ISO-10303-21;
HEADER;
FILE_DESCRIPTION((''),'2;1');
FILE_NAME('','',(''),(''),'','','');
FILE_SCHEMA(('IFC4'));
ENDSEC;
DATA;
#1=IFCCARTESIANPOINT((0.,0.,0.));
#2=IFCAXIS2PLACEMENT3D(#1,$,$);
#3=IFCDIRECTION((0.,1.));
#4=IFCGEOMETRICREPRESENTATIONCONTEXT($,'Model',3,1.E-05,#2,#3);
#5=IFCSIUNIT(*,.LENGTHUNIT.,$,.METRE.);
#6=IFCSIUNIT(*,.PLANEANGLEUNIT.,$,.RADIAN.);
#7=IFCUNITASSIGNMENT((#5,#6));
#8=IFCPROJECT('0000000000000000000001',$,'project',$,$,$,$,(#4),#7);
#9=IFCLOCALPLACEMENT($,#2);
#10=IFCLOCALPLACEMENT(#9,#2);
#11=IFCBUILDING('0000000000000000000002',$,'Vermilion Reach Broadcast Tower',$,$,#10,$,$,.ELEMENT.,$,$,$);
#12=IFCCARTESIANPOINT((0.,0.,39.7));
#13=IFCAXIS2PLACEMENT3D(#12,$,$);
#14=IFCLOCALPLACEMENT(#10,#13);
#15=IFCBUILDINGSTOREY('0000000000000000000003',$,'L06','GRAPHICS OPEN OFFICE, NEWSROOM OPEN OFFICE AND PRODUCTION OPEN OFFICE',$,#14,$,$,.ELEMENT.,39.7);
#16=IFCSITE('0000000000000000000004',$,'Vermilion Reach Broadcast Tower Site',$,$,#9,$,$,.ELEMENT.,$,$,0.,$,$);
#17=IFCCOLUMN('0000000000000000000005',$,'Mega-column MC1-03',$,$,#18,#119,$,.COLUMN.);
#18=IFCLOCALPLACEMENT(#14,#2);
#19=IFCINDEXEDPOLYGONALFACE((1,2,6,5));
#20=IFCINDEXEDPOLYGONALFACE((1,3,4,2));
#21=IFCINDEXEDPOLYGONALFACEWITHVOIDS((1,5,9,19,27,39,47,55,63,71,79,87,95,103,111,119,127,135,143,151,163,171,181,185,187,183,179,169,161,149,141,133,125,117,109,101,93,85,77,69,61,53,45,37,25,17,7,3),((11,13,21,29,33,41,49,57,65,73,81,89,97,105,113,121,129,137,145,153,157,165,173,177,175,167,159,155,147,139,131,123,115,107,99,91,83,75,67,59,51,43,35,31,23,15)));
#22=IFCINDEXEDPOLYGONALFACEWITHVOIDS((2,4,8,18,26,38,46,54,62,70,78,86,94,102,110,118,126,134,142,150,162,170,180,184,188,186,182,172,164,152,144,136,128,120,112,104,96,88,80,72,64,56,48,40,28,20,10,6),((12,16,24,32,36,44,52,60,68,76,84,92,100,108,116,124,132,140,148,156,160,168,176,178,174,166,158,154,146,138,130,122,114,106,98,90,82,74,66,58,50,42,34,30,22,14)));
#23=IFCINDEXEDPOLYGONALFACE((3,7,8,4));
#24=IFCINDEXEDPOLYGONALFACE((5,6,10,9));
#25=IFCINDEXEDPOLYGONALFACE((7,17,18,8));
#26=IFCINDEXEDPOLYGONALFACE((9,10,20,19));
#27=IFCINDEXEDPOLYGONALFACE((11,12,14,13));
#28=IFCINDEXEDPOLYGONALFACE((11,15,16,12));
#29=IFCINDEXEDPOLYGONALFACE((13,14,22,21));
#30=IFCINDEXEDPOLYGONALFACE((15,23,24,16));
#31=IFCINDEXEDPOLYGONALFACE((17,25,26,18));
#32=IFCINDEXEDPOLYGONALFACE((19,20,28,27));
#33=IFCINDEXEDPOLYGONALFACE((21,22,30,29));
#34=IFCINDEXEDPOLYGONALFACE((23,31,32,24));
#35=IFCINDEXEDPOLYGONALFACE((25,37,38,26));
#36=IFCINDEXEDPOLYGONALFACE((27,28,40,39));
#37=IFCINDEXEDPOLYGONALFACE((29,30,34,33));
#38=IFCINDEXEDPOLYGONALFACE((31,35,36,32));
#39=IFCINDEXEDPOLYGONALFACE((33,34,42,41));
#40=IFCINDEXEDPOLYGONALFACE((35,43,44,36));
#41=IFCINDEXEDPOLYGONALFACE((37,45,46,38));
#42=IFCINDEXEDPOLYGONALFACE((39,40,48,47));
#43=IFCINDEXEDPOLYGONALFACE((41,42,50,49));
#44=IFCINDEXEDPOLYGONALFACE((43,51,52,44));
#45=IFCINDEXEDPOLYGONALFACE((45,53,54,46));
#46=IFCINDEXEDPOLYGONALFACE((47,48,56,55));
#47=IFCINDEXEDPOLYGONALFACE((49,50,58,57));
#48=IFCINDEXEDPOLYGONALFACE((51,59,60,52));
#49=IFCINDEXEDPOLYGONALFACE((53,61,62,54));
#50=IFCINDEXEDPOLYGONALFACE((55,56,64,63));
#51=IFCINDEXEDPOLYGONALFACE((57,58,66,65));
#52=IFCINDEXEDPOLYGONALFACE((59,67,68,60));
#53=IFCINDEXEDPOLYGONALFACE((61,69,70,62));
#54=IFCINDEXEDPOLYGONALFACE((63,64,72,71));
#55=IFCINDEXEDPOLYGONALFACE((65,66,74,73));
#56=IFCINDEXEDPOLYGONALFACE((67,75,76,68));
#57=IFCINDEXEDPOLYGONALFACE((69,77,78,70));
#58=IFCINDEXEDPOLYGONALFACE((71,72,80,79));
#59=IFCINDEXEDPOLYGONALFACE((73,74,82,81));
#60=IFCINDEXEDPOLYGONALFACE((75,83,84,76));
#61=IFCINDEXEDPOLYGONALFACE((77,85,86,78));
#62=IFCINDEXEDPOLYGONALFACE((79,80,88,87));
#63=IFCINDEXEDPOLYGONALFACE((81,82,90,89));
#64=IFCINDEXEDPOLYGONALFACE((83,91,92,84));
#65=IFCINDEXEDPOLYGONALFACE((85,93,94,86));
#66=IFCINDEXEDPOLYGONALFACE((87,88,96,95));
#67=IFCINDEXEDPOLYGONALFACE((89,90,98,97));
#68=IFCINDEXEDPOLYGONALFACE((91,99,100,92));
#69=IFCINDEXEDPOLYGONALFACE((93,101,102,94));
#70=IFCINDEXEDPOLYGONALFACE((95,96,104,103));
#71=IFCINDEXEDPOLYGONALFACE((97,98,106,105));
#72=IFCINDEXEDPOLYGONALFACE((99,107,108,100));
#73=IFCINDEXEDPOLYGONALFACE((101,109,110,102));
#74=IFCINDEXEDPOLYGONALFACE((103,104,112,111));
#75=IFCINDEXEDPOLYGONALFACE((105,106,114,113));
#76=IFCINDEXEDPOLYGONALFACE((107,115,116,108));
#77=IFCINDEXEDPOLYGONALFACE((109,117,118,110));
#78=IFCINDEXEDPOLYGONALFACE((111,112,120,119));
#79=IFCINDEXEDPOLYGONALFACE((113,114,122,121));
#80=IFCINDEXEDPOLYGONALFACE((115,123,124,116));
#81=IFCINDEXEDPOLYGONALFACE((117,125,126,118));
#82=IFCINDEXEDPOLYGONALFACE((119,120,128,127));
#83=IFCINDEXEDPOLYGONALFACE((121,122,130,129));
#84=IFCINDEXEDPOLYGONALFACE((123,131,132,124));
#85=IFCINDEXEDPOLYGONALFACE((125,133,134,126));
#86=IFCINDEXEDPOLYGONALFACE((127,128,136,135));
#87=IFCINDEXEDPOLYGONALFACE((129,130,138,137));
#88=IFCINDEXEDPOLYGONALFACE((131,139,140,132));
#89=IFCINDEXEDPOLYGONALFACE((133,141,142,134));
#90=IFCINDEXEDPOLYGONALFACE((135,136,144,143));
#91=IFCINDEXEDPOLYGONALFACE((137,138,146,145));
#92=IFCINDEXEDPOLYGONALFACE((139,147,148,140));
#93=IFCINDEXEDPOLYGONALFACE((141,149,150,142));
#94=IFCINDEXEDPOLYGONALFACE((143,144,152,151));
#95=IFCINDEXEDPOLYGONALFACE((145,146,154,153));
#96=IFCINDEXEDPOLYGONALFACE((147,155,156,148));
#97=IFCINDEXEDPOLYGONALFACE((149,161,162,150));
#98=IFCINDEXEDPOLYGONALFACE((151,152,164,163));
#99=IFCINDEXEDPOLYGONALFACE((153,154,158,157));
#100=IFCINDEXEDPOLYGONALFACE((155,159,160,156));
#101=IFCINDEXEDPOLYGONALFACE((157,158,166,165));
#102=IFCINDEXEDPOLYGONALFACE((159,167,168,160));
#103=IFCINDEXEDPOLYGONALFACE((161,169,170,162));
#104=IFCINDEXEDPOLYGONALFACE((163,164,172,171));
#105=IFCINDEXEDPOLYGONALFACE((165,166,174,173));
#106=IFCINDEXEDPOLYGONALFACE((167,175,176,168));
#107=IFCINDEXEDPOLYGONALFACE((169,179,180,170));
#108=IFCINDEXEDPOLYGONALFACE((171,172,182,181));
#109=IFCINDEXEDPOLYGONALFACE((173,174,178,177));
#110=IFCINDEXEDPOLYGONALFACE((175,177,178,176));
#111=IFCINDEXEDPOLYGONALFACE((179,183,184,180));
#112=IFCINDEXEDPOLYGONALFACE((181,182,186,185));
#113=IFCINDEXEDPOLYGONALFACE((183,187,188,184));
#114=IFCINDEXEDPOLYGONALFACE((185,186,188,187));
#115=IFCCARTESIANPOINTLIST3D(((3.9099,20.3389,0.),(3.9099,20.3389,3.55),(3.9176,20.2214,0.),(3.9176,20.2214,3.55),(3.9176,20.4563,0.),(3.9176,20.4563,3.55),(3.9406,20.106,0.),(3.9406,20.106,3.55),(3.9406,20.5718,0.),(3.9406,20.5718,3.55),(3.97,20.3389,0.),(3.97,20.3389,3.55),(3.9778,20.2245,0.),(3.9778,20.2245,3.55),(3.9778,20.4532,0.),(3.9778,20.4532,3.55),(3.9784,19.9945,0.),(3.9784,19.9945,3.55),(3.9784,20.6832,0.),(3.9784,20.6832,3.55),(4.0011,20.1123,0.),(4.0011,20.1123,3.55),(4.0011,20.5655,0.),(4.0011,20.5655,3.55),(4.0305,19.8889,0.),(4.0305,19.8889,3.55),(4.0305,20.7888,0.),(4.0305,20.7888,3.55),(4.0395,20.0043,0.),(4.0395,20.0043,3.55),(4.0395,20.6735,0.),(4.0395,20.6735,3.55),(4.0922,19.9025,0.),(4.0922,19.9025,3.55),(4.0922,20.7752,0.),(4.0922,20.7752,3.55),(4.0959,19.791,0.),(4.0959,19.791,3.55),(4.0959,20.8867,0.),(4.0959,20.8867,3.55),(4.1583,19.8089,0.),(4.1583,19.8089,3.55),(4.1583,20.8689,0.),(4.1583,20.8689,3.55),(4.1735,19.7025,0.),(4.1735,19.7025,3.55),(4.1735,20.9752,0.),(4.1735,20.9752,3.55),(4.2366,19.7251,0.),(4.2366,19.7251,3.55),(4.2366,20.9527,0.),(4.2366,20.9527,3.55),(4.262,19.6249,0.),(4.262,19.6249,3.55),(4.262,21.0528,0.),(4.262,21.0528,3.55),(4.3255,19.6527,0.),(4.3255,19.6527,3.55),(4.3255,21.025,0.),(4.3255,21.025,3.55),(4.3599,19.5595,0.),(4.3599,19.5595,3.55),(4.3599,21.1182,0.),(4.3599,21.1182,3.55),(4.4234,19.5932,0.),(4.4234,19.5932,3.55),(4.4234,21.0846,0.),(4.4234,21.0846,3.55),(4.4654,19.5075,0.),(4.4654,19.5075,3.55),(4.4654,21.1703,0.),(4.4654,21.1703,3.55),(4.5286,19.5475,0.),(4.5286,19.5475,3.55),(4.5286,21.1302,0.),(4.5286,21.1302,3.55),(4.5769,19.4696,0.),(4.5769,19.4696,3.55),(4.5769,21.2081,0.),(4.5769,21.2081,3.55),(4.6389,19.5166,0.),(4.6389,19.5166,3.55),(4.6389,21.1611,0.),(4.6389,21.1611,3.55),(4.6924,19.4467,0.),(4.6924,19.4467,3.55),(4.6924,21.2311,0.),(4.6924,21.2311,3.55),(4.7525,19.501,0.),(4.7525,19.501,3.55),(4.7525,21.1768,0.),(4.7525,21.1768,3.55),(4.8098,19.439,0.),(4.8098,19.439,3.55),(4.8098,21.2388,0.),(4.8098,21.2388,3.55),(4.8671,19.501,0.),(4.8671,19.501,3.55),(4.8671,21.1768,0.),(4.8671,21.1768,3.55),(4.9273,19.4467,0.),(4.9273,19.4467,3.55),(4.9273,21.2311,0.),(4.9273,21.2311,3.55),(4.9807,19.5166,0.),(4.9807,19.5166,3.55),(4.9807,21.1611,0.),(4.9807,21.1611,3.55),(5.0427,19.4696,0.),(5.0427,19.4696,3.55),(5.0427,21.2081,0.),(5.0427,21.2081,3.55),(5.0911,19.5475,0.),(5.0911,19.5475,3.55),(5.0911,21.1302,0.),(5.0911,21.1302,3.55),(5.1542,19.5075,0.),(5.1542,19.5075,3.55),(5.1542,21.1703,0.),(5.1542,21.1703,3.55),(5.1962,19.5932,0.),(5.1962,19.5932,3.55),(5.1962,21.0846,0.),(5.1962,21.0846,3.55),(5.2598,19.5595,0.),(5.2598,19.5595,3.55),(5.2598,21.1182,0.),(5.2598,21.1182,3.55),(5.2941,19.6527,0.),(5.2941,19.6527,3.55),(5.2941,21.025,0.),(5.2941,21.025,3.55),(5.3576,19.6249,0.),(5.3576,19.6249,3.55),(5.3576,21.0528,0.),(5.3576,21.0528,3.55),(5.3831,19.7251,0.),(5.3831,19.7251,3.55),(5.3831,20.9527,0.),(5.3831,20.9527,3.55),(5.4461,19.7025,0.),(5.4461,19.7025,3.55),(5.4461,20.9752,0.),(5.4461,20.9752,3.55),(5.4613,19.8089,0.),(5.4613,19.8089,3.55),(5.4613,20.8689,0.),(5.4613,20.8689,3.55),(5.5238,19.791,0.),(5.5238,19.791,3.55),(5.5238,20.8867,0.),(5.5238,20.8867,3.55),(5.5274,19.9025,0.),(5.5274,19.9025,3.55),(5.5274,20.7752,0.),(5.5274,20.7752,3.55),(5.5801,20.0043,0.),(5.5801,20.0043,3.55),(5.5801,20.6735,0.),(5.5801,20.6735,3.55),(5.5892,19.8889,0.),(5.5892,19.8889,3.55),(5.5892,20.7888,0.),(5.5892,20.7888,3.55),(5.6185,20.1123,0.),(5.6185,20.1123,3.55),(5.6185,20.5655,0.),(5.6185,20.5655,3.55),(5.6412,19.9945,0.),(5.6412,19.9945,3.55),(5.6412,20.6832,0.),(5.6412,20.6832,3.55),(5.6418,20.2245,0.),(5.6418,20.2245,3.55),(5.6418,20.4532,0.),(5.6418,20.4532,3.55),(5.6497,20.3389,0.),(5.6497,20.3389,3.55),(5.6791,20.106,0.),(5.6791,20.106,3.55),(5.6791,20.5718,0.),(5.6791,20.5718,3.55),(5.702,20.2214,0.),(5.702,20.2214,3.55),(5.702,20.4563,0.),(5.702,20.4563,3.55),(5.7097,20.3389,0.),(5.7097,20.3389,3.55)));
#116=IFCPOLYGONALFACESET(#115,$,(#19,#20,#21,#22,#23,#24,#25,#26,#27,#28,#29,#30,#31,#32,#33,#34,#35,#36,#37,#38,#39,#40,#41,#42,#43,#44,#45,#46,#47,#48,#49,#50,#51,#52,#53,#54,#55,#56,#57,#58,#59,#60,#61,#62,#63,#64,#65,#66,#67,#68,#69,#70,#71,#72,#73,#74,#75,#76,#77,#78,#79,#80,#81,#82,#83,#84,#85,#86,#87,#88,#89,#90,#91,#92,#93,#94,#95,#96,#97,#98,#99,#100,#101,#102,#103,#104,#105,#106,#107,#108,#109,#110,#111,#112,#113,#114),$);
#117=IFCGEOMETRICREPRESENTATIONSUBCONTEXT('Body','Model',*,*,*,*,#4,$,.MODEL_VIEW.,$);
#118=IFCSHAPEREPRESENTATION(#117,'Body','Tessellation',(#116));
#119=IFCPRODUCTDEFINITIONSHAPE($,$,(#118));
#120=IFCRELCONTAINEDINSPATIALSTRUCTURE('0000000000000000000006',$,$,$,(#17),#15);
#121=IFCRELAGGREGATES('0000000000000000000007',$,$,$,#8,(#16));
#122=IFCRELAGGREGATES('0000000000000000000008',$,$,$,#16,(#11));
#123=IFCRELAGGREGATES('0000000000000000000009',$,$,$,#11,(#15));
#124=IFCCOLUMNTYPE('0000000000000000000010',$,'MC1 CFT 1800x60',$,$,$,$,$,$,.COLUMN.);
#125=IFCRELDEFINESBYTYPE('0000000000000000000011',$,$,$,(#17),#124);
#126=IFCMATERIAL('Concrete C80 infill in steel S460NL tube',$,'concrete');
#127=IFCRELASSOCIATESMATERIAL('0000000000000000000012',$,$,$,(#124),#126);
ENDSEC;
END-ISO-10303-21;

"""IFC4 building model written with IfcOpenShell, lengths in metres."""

from ifc_helpers import new_model, si_unit, direction, frame, origin, origin_2d, place, context, subcontext, project, spatial, hollow_circle, extrude, material, material_profile, profile_set, type_object, element, save


model = new_model("IFC4")

# Units and contexts
model_context = context("Model", 3, precision=1e-05, world=origin(), true_north=direction((0.0, 1.0)))
body_context = subcontext(model_context, "Body", "Model", "MODEL_VIEW")
ifc_project = project(units=[si_unit("LENGTHUNIT", "METRE"), si_unit("PLANEANGLEUNIT", "RADIAN")], contexts=[model_context])

# Site, building, storey
site_placement = place(None, origin())
site = spatial("IfcSite", under=ifc_project, at=site_placement, Name="Vermilion Reach Broadcast Tower Site", CompositionType="ELEMENT", RefElevation=0.0)
building_placement = place(site_placement, origin())
building = spatial("IfcBuilding", under=site, at=building_placement, Name="Vermilion Reach Broadcast Tower", CompositionType="ELEMENT")
storey_placement = place(building_placement, frame((0.0, 0.0, 39.7)))
storey = spatial("IfcBuildingStorey", under=building, at=storey_placement, Name="L06", Description="GRAPHICS OPEN OFFICE, NEWSROOM OPEN OFFICE AND PRODUCTION OPEN OFFICE", CompositionType="ELEMENT", Elevation=39.7)

# Column
ifc_material_1 = material(Name="Concrete C80 infill in steel S460NL tube", Category="concrete")
ifc_material_profile_1 = material_profile(ifc_material_1, hollow_circle(Radius=0.8999, WallThickness=0.0601, at=origin_2d()), Name="Concrete C80 infill in steel S460NL tube CFT 1800x60")
ifc_profile_set_1 = profile_set([ifc_material_profile_1], Name="Concrete C80 infill in steel S460NL tube")
column_type = type_object("IfcColumnType", Name="MC1 CFT 1800x60", PredefinedType="COLUMN", material=ifc_profile_set_1)
for number, where, z_axis, x_axis, name in (
    (1, (4.8098, 20.3389, 0.0), (0.0, 0.0, 1.0), (1.0, 0.0, 0.0), "Mega-column MC1-03"),
):
    element("IfcColumn", number, at=place(storey_placement, frame(where, z_axis=z_axis, x_axis=x_axis)), inside=storey, type_object=column_type, Name=name, PredefinedType="COLUMN", context=body_context, shape_type="SweptSolid", body=[
        extrude(hollow_circle(Radius=0.8999, WallThickness=0.0601, at=origin_2d()), origin(), (0.0, 0.0, 1.0), 3.55),
    ])

save(model, "model.ifc")
